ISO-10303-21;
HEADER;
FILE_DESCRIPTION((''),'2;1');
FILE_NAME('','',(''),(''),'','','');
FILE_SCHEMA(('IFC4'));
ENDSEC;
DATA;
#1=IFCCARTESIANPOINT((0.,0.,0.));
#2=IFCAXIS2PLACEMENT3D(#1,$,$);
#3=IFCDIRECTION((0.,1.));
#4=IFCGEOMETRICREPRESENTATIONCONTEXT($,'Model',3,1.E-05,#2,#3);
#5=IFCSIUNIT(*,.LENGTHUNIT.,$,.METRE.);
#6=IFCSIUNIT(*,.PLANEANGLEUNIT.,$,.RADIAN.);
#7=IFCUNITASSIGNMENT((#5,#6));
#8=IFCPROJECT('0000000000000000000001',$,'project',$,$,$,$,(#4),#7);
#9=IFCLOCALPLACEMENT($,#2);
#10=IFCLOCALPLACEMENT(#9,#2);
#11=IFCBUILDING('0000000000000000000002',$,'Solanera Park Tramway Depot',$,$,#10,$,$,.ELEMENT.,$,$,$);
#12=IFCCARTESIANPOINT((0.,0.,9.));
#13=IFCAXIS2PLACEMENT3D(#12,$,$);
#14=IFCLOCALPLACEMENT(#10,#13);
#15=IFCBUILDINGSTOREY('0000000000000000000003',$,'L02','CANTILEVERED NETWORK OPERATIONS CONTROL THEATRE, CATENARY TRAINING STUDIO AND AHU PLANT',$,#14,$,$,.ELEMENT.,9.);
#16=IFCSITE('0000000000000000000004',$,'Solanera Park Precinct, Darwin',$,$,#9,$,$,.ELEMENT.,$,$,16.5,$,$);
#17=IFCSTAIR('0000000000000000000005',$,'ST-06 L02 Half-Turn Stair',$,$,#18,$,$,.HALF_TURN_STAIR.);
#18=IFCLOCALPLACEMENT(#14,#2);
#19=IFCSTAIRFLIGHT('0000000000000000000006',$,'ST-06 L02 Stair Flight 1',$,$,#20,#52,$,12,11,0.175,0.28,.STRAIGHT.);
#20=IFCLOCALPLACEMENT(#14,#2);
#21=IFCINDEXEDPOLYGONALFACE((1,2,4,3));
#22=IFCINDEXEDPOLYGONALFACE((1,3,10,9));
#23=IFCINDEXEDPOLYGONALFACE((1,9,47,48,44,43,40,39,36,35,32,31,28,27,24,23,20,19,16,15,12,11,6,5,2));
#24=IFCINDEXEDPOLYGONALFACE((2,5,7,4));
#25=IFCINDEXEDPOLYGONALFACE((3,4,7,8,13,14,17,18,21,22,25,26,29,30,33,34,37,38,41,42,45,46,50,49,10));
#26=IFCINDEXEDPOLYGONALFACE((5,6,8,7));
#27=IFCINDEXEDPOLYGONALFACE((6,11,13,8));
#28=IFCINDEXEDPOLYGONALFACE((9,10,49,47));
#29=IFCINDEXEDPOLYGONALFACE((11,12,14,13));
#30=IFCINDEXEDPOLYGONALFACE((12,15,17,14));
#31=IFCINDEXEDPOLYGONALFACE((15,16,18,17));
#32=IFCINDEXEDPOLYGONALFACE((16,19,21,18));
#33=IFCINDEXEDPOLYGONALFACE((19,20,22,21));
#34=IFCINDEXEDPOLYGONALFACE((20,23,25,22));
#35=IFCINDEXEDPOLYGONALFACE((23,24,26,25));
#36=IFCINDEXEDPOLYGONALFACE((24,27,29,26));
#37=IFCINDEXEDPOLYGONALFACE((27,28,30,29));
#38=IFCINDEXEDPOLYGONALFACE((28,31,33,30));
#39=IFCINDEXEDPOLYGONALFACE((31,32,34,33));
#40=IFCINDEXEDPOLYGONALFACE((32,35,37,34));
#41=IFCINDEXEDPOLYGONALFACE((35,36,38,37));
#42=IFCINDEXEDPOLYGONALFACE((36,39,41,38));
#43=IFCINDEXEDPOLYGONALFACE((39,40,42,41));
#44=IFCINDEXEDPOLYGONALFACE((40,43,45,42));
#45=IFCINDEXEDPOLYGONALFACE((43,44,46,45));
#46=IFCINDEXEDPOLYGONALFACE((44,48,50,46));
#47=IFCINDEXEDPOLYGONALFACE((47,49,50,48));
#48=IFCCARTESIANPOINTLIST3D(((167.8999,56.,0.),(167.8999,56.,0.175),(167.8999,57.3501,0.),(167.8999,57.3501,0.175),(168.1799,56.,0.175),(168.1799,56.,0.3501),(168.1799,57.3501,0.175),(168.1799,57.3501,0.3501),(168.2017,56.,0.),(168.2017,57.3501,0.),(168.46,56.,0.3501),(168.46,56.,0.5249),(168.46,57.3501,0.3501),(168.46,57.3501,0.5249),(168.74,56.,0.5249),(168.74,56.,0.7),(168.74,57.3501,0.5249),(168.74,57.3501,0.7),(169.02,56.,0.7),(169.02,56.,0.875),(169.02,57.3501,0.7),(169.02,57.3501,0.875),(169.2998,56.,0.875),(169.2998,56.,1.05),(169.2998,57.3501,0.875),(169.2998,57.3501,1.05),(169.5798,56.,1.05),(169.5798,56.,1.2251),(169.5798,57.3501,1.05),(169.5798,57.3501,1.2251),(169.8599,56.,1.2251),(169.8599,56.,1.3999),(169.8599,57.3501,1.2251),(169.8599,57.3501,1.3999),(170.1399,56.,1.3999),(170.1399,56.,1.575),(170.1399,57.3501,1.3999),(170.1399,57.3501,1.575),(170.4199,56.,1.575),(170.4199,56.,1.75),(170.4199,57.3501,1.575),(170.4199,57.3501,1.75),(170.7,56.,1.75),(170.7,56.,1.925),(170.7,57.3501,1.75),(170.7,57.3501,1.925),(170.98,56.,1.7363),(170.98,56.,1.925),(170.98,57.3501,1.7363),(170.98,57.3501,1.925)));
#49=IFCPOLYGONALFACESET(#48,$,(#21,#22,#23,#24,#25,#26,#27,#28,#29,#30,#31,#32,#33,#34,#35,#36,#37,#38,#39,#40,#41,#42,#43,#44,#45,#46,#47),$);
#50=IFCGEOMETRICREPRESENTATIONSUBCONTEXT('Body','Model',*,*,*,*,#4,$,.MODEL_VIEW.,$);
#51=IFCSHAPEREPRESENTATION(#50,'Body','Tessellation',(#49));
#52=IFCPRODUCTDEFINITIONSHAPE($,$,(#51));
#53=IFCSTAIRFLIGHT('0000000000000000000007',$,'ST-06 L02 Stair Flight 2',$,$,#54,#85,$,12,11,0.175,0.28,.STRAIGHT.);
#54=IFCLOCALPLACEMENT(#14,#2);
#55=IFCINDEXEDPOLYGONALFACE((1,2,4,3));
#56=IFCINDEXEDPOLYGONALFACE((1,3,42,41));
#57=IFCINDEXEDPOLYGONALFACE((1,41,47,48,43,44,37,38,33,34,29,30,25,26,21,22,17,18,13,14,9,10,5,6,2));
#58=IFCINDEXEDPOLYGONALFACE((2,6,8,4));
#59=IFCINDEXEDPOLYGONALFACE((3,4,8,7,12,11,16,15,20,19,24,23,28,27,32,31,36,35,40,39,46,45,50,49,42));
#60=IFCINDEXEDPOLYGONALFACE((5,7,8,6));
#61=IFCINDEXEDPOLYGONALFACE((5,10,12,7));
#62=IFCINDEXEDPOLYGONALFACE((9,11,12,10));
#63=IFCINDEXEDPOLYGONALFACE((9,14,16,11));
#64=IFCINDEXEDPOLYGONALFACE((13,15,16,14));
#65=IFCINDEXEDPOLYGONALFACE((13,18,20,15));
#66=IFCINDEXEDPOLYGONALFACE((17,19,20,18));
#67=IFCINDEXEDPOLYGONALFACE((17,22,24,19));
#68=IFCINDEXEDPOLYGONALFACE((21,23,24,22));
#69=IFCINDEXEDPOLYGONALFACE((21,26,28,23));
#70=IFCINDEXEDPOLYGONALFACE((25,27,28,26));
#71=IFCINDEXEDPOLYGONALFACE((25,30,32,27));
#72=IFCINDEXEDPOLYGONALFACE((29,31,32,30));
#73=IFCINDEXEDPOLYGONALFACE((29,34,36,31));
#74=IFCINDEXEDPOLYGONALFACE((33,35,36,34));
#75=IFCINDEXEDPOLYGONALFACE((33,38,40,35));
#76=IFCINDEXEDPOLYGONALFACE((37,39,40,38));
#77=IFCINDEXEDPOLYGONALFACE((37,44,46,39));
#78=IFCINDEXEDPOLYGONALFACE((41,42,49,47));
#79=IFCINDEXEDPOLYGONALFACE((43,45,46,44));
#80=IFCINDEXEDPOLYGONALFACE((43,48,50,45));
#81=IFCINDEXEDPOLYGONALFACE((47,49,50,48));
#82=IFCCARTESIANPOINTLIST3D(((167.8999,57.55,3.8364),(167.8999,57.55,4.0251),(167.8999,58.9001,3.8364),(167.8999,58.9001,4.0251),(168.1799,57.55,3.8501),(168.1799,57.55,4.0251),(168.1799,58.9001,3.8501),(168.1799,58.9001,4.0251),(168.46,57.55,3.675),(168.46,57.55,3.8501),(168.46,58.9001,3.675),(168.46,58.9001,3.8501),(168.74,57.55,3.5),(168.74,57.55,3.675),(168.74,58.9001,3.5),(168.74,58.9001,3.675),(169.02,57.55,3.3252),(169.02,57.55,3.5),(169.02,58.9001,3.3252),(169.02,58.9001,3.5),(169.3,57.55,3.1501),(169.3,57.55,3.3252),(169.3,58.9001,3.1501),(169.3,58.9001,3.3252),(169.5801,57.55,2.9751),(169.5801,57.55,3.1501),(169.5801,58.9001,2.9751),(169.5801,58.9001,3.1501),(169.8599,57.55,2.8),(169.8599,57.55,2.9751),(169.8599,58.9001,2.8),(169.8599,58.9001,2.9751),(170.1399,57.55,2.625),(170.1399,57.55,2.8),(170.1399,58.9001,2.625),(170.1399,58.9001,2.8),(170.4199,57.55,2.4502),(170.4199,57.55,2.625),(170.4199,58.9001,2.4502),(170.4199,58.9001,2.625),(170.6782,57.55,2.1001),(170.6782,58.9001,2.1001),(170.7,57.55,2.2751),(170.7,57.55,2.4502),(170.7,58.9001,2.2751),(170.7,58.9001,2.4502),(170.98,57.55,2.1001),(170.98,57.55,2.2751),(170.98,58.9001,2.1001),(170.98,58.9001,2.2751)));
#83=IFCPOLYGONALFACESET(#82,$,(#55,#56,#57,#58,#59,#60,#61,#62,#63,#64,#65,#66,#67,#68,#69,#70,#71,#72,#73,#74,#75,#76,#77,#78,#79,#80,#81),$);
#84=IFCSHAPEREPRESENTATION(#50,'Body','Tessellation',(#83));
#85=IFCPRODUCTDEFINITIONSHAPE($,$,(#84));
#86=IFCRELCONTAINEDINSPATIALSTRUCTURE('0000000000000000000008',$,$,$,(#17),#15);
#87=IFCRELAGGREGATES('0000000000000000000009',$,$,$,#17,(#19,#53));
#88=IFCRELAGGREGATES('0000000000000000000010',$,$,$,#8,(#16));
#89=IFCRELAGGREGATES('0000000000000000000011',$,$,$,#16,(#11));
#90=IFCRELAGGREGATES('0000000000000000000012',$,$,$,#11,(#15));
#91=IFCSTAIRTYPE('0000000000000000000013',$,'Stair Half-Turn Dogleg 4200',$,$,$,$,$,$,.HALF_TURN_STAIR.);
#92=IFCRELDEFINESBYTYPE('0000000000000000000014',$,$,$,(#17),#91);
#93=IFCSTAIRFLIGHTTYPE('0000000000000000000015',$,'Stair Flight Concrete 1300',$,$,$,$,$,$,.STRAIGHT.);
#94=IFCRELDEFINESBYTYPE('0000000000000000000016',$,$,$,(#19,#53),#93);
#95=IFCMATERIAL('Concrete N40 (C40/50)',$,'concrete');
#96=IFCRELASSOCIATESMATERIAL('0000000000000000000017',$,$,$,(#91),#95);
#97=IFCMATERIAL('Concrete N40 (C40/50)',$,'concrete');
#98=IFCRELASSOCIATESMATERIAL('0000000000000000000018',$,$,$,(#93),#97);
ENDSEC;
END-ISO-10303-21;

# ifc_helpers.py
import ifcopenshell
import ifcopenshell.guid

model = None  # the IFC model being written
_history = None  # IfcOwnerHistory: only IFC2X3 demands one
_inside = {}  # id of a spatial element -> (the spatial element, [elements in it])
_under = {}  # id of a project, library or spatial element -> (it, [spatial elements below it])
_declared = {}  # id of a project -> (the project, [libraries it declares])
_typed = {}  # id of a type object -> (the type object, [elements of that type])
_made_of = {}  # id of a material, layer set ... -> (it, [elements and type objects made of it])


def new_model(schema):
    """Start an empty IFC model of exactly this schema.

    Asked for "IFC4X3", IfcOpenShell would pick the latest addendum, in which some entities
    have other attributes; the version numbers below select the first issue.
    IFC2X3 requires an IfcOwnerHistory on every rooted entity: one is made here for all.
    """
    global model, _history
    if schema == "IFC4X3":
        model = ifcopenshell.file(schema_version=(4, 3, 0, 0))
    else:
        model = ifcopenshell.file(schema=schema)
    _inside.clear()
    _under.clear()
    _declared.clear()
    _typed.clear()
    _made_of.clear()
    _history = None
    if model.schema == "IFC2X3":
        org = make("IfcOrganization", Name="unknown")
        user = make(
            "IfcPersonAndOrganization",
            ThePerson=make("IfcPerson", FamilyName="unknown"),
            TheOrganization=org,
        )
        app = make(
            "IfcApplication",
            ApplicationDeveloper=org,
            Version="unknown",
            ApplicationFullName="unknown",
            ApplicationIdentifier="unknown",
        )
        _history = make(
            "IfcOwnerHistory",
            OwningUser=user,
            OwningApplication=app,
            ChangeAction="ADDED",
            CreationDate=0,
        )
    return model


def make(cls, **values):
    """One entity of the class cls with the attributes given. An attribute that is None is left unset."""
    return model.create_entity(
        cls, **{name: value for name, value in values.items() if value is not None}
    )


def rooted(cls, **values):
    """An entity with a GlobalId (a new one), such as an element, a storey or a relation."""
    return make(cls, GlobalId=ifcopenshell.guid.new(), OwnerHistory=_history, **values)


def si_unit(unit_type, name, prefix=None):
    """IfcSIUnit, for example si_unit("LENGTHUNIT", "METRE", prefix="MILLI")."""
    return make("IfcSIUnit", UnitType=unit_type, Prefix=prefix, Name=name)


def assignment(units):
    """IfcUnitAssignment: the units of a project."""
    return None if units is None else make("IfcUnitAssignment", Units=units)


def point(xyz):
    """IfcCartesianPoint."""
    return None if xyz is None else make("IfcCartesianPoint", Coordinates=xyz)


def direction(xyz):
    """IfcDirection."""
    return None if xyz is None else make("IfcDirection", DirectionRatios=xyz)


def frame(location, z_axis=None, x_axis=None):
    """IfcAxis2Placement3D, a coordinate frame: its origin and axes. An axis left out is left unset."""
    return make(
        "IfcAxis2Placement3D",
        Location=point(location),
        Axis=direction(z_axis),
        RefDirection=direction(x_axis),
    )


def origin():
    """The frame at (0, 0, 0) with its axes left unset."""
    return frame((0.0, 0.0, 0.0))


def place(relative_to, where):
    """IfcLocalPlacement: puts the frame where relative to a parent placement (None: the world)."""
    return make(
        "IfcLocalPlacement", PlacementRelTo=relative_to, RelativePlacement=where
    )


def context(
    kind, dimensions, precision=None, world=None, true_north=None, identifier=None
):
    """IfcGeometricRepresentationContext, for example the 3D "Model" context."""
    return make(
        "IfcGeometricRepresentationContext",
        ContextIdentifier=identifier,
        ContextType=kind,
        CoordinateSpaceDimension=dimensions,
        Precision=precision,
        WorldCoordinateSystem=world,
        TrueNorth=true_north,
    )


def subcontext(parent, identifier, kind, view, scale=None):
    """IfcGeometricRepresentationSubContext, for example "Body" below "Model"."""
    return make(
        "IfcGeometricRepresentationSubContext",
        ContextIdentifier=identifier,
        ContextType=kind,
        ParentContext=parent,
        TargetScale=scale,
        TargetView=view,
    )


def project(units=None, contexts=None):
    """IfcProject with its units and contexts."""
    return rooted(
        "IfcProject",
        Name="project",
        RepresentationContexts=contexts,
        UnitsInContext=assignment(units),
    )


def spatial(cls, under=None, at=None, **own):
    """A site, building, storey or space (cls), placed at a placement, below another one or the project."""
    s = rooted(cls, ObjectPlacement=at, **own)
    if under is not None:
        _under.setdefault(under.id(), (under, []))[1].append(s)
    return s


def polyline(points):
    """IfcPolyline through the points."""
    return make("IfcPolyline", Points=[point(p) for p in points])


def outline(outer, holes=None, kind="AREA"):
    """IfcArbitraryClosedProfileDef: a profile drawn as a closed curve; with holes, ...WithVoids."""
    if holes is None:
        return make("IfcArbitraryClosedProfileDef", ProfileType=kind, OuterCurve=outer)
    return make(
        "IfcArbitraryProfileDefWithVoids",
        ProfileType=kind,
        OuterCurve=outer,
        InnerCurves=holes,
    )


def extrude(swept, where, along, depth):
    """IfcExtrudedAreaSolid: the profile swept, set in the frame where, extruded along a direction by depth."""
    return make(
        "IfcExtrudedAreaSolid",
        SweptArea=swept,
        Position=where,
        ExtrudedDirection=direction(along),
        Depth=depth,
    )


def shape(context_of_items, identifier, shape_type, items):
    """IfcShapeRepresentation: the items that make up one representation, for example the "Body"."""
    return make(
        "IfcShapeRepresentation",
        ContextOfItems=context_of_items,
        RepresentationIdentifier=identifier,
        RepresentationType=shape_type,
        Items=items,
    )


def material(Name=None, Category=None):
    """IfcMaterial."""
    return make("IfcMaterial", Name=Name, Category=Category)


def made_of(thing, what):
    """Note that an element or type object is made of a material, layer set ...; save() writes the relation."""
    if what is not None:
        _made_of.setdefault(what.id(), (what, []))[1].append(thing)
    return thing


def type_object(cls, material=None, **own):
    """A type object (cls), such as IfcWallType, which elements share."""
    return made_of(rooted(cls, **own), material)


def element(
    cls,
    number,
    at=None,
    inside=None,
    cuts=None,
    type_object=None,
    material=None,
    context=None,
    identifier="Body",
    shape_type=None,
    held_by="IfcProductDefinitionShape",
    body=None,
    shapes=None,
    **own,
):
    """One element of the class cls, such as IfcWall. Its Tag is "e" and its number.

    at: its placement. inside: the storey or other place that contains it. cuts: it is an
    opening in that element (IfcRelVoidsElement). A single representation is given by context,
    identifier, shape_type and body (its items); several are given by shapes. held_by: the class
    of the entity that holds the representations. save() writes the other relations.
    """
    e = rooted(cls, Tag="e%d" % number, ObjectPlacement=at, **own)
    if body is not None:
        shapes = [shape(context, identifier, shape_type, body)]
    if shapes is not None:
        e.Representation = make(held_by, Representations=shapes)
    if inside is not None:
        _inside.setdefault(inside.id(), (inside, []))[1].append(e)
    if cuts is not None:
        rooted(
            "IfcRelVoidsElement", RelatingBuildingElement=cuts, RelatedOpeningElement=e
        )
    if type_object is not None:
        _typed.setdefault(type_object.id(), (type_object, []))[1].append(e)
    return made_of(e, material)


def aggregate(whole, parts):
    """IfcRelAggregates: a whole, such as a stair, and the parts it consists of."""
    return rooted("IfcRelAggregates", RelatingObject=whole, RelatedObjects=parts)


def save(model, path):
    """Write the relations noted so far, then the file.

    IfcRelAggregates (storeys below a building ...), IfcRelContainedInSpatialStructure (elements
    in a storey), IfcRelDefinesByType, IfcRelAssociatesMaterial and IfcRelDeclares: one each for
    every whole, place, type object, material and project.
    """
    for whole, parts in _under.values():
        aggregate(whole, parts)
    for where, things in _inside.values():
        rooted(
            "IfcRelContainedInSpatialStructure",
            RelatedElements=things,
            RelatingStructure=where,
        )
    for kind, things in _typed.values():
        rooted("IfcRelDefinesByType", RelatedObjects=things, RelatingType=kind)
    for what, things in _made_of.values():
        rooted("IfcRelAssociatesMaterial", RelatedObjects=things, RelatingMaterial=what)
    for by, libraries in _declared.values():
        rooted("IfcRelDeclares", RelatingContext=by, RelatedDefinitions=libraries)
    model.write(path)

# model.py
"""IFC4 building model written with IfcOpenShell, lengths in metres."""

from ifc_helpers import new_model, si_unit, direction, frame, origin, place, context, subcontext, project, spatial, polyline, outline, extrude, material, type_object, element, aggregate, save


model = new_model("IFC4")

# Units and contexts
model_context = context("Model", 3, precision=1e-05, world=origin(), true_north=direction((0.0, 1.0)))
body_context = subcontext(model_context, "Body", "Model", "MODEL_VIEW")
ifc_project = project(units=[si_unit("LENGTHUNIT", "METRE"), si_unit("PLANEANGLEUNIT", "RADIAN")], contexts=[model_context])

# Site, building, storey
site_placement = place(None, origin())
site = spatial("IfcSite", under=ifc_project, at=site_placement, Name="Solanera Park Precinct, Darwin", CompositionType="ELEMENT", RefElevation=16.5)
building_placement = place(site_placement, origin())
building = spatial("IfcBuilding", under=site, at=building_placement, Name="Solanera Park Tramway Depot", CompositionType="ELEMENT")
storey_placement = place(building_placement, frame((0.0, 0.0, 9.0)))
storey = spatial("IfcBuildingStorey", under=building, at=storey_placement, Name="L02", Description="CANTILEVERED NETWORK OPERATIONS CONTROL THEATRE, CATENARY TRAINING STUDIO AND AHU PLANT", CompositionType="ELEMENT", Elevation=9.0)

# Shared definitions
ifc_material_1 = material(Name="Concrete N40 (C40/50)", Category="concrete")
stair_type = type_object("IfcStairType", Name="Stair Half-Turn Dogleg 4200", PredefinedType="HALF_TURN_STAIR", material=ifc_material_1)
ifc_material_2 = material(Name="Concrete N40 (C40/50)", Category="concrete")
stair_flight_type = type_object("IfcStairFlightType", Name="Stair Flight Concrete 1300", PredefinedType="STRAIGHT", material=ifc_material_2)

# Stair, stair flights
stair_1_placement = place(storey_placement, origin())
stair_1 = element("IfcStair", 1, at=stair_1_placement, inside=storey, type_object=stair_type, Name="ST-06 L02 Half-Turn Stair", PredefinedType="HALF_TURN_STAIR")
stair_flight_1_placement = place(storey_placement, frame((167.8999, 56.675, 0.0), z_axis=(0.0, 0.0, 1.0), x_axis=(1.0, 0.0, 0.0)))
stair_flight_1 = element("IfcStairFlight", 2, at=stair_flight_1_placement, type_object=stair_flight_type, Name="ST-06 L02 Stair Flight 1", NumberOfRisers=12, NumberOfTreads=11, PredefinedType="STRAIGHT", RiserHeight=0.175, TreadLength=0.28, context=body_context, shape_type="SweptSolid", body=[
    extrude(outline(polyline([(0.0, 0.0), (0.0, 0.175), (0.28, 0.175), (0.28, 0.3501), (0.5601, 0.3501), (0.5601, 0.5249), (0.8401, 0.5249), (0.8401, 0.7), (1.1201, 0.7), (1.1201, 0.875), (1.3999, 0.875), (1.3999, 1.05), (1.6799, 1.05), (1.6799, 1.2251), (1.96, 1.2251), (1.96, 1.3999), (2.24, 1.3999), (2.24, 1.575), (2.52, 1.575), (2.52, 1.75), (2.8, 1.75), (2.8, 1.925), (3.0801, 1.925), (3.0801, 2.1001), (3.0801, 1.7363), (0.3018, 0.0), (0.0, 0.0)])), frame((0.0, 0.675, 0.0), z_axis=(0.0, -1.0, 0.0), x_axis=(1.0, 0.0, 0.0)), (0.0, 0.0, 1.0), 1.3501),
])
stair_flight_2_placement = place(storey_placement, frame((170.98, 58.2251, 2.1001), z_axis=(0.0, 0.0, 1.0), x_axis=(-1.0, 0.0, 0.0)))
stair_flight_2 = element("IfcStairFlight", 3, at=stair_flight_2_placement, type_object=stair_flight_type, Name="ST-06 L02 Stair Flight 2", NumberOfRisers=12, NumberOfTreads=11, PredefinedType="STRAIGHT", RiserHeight=0.175, TreadLength=0.28, context=body_context, shape_type="SweptSolid", body=[
    extrude(outline(polyline([(0.0, 0.0), (0.0, 0.175), (0.28, 0.175), (0.28, 0.3501), (0.5601, 0.3501), (0.5601, 0.5249), (0.8401, 0.5249), (0.8401, 0.7), (1.1201, 0.7), (1.1201, 0.875), (1.3999, 0.875), (1.3999, 1.05), (1.6799, 1.05), (1.6799, 1.2251), (1.96, 1.2251), (1.96, 1.3999), (2.24, 1.3999), (2.24, 1.575), (2.52, 1.575), (2.52, 1.75), (2.8, 1.75), (2.8, 1.925), (3.0801, 1.925), (3.0801, 2.1001), (3.0801, 1.7363), (0.3018, 0.0), (0.0, 0.0)])), frame((0.0, 0.675, 0.0), z_axis=(0.0, -1.0, 0.0), x_axis=(1.0, 0.0, 0.0)), (0.0, 0.0, 1.0), 1.3501),
])
aggregate(stair_1, [stair_flight_1, stair_flight_2])

save(model, "model.ifc")
